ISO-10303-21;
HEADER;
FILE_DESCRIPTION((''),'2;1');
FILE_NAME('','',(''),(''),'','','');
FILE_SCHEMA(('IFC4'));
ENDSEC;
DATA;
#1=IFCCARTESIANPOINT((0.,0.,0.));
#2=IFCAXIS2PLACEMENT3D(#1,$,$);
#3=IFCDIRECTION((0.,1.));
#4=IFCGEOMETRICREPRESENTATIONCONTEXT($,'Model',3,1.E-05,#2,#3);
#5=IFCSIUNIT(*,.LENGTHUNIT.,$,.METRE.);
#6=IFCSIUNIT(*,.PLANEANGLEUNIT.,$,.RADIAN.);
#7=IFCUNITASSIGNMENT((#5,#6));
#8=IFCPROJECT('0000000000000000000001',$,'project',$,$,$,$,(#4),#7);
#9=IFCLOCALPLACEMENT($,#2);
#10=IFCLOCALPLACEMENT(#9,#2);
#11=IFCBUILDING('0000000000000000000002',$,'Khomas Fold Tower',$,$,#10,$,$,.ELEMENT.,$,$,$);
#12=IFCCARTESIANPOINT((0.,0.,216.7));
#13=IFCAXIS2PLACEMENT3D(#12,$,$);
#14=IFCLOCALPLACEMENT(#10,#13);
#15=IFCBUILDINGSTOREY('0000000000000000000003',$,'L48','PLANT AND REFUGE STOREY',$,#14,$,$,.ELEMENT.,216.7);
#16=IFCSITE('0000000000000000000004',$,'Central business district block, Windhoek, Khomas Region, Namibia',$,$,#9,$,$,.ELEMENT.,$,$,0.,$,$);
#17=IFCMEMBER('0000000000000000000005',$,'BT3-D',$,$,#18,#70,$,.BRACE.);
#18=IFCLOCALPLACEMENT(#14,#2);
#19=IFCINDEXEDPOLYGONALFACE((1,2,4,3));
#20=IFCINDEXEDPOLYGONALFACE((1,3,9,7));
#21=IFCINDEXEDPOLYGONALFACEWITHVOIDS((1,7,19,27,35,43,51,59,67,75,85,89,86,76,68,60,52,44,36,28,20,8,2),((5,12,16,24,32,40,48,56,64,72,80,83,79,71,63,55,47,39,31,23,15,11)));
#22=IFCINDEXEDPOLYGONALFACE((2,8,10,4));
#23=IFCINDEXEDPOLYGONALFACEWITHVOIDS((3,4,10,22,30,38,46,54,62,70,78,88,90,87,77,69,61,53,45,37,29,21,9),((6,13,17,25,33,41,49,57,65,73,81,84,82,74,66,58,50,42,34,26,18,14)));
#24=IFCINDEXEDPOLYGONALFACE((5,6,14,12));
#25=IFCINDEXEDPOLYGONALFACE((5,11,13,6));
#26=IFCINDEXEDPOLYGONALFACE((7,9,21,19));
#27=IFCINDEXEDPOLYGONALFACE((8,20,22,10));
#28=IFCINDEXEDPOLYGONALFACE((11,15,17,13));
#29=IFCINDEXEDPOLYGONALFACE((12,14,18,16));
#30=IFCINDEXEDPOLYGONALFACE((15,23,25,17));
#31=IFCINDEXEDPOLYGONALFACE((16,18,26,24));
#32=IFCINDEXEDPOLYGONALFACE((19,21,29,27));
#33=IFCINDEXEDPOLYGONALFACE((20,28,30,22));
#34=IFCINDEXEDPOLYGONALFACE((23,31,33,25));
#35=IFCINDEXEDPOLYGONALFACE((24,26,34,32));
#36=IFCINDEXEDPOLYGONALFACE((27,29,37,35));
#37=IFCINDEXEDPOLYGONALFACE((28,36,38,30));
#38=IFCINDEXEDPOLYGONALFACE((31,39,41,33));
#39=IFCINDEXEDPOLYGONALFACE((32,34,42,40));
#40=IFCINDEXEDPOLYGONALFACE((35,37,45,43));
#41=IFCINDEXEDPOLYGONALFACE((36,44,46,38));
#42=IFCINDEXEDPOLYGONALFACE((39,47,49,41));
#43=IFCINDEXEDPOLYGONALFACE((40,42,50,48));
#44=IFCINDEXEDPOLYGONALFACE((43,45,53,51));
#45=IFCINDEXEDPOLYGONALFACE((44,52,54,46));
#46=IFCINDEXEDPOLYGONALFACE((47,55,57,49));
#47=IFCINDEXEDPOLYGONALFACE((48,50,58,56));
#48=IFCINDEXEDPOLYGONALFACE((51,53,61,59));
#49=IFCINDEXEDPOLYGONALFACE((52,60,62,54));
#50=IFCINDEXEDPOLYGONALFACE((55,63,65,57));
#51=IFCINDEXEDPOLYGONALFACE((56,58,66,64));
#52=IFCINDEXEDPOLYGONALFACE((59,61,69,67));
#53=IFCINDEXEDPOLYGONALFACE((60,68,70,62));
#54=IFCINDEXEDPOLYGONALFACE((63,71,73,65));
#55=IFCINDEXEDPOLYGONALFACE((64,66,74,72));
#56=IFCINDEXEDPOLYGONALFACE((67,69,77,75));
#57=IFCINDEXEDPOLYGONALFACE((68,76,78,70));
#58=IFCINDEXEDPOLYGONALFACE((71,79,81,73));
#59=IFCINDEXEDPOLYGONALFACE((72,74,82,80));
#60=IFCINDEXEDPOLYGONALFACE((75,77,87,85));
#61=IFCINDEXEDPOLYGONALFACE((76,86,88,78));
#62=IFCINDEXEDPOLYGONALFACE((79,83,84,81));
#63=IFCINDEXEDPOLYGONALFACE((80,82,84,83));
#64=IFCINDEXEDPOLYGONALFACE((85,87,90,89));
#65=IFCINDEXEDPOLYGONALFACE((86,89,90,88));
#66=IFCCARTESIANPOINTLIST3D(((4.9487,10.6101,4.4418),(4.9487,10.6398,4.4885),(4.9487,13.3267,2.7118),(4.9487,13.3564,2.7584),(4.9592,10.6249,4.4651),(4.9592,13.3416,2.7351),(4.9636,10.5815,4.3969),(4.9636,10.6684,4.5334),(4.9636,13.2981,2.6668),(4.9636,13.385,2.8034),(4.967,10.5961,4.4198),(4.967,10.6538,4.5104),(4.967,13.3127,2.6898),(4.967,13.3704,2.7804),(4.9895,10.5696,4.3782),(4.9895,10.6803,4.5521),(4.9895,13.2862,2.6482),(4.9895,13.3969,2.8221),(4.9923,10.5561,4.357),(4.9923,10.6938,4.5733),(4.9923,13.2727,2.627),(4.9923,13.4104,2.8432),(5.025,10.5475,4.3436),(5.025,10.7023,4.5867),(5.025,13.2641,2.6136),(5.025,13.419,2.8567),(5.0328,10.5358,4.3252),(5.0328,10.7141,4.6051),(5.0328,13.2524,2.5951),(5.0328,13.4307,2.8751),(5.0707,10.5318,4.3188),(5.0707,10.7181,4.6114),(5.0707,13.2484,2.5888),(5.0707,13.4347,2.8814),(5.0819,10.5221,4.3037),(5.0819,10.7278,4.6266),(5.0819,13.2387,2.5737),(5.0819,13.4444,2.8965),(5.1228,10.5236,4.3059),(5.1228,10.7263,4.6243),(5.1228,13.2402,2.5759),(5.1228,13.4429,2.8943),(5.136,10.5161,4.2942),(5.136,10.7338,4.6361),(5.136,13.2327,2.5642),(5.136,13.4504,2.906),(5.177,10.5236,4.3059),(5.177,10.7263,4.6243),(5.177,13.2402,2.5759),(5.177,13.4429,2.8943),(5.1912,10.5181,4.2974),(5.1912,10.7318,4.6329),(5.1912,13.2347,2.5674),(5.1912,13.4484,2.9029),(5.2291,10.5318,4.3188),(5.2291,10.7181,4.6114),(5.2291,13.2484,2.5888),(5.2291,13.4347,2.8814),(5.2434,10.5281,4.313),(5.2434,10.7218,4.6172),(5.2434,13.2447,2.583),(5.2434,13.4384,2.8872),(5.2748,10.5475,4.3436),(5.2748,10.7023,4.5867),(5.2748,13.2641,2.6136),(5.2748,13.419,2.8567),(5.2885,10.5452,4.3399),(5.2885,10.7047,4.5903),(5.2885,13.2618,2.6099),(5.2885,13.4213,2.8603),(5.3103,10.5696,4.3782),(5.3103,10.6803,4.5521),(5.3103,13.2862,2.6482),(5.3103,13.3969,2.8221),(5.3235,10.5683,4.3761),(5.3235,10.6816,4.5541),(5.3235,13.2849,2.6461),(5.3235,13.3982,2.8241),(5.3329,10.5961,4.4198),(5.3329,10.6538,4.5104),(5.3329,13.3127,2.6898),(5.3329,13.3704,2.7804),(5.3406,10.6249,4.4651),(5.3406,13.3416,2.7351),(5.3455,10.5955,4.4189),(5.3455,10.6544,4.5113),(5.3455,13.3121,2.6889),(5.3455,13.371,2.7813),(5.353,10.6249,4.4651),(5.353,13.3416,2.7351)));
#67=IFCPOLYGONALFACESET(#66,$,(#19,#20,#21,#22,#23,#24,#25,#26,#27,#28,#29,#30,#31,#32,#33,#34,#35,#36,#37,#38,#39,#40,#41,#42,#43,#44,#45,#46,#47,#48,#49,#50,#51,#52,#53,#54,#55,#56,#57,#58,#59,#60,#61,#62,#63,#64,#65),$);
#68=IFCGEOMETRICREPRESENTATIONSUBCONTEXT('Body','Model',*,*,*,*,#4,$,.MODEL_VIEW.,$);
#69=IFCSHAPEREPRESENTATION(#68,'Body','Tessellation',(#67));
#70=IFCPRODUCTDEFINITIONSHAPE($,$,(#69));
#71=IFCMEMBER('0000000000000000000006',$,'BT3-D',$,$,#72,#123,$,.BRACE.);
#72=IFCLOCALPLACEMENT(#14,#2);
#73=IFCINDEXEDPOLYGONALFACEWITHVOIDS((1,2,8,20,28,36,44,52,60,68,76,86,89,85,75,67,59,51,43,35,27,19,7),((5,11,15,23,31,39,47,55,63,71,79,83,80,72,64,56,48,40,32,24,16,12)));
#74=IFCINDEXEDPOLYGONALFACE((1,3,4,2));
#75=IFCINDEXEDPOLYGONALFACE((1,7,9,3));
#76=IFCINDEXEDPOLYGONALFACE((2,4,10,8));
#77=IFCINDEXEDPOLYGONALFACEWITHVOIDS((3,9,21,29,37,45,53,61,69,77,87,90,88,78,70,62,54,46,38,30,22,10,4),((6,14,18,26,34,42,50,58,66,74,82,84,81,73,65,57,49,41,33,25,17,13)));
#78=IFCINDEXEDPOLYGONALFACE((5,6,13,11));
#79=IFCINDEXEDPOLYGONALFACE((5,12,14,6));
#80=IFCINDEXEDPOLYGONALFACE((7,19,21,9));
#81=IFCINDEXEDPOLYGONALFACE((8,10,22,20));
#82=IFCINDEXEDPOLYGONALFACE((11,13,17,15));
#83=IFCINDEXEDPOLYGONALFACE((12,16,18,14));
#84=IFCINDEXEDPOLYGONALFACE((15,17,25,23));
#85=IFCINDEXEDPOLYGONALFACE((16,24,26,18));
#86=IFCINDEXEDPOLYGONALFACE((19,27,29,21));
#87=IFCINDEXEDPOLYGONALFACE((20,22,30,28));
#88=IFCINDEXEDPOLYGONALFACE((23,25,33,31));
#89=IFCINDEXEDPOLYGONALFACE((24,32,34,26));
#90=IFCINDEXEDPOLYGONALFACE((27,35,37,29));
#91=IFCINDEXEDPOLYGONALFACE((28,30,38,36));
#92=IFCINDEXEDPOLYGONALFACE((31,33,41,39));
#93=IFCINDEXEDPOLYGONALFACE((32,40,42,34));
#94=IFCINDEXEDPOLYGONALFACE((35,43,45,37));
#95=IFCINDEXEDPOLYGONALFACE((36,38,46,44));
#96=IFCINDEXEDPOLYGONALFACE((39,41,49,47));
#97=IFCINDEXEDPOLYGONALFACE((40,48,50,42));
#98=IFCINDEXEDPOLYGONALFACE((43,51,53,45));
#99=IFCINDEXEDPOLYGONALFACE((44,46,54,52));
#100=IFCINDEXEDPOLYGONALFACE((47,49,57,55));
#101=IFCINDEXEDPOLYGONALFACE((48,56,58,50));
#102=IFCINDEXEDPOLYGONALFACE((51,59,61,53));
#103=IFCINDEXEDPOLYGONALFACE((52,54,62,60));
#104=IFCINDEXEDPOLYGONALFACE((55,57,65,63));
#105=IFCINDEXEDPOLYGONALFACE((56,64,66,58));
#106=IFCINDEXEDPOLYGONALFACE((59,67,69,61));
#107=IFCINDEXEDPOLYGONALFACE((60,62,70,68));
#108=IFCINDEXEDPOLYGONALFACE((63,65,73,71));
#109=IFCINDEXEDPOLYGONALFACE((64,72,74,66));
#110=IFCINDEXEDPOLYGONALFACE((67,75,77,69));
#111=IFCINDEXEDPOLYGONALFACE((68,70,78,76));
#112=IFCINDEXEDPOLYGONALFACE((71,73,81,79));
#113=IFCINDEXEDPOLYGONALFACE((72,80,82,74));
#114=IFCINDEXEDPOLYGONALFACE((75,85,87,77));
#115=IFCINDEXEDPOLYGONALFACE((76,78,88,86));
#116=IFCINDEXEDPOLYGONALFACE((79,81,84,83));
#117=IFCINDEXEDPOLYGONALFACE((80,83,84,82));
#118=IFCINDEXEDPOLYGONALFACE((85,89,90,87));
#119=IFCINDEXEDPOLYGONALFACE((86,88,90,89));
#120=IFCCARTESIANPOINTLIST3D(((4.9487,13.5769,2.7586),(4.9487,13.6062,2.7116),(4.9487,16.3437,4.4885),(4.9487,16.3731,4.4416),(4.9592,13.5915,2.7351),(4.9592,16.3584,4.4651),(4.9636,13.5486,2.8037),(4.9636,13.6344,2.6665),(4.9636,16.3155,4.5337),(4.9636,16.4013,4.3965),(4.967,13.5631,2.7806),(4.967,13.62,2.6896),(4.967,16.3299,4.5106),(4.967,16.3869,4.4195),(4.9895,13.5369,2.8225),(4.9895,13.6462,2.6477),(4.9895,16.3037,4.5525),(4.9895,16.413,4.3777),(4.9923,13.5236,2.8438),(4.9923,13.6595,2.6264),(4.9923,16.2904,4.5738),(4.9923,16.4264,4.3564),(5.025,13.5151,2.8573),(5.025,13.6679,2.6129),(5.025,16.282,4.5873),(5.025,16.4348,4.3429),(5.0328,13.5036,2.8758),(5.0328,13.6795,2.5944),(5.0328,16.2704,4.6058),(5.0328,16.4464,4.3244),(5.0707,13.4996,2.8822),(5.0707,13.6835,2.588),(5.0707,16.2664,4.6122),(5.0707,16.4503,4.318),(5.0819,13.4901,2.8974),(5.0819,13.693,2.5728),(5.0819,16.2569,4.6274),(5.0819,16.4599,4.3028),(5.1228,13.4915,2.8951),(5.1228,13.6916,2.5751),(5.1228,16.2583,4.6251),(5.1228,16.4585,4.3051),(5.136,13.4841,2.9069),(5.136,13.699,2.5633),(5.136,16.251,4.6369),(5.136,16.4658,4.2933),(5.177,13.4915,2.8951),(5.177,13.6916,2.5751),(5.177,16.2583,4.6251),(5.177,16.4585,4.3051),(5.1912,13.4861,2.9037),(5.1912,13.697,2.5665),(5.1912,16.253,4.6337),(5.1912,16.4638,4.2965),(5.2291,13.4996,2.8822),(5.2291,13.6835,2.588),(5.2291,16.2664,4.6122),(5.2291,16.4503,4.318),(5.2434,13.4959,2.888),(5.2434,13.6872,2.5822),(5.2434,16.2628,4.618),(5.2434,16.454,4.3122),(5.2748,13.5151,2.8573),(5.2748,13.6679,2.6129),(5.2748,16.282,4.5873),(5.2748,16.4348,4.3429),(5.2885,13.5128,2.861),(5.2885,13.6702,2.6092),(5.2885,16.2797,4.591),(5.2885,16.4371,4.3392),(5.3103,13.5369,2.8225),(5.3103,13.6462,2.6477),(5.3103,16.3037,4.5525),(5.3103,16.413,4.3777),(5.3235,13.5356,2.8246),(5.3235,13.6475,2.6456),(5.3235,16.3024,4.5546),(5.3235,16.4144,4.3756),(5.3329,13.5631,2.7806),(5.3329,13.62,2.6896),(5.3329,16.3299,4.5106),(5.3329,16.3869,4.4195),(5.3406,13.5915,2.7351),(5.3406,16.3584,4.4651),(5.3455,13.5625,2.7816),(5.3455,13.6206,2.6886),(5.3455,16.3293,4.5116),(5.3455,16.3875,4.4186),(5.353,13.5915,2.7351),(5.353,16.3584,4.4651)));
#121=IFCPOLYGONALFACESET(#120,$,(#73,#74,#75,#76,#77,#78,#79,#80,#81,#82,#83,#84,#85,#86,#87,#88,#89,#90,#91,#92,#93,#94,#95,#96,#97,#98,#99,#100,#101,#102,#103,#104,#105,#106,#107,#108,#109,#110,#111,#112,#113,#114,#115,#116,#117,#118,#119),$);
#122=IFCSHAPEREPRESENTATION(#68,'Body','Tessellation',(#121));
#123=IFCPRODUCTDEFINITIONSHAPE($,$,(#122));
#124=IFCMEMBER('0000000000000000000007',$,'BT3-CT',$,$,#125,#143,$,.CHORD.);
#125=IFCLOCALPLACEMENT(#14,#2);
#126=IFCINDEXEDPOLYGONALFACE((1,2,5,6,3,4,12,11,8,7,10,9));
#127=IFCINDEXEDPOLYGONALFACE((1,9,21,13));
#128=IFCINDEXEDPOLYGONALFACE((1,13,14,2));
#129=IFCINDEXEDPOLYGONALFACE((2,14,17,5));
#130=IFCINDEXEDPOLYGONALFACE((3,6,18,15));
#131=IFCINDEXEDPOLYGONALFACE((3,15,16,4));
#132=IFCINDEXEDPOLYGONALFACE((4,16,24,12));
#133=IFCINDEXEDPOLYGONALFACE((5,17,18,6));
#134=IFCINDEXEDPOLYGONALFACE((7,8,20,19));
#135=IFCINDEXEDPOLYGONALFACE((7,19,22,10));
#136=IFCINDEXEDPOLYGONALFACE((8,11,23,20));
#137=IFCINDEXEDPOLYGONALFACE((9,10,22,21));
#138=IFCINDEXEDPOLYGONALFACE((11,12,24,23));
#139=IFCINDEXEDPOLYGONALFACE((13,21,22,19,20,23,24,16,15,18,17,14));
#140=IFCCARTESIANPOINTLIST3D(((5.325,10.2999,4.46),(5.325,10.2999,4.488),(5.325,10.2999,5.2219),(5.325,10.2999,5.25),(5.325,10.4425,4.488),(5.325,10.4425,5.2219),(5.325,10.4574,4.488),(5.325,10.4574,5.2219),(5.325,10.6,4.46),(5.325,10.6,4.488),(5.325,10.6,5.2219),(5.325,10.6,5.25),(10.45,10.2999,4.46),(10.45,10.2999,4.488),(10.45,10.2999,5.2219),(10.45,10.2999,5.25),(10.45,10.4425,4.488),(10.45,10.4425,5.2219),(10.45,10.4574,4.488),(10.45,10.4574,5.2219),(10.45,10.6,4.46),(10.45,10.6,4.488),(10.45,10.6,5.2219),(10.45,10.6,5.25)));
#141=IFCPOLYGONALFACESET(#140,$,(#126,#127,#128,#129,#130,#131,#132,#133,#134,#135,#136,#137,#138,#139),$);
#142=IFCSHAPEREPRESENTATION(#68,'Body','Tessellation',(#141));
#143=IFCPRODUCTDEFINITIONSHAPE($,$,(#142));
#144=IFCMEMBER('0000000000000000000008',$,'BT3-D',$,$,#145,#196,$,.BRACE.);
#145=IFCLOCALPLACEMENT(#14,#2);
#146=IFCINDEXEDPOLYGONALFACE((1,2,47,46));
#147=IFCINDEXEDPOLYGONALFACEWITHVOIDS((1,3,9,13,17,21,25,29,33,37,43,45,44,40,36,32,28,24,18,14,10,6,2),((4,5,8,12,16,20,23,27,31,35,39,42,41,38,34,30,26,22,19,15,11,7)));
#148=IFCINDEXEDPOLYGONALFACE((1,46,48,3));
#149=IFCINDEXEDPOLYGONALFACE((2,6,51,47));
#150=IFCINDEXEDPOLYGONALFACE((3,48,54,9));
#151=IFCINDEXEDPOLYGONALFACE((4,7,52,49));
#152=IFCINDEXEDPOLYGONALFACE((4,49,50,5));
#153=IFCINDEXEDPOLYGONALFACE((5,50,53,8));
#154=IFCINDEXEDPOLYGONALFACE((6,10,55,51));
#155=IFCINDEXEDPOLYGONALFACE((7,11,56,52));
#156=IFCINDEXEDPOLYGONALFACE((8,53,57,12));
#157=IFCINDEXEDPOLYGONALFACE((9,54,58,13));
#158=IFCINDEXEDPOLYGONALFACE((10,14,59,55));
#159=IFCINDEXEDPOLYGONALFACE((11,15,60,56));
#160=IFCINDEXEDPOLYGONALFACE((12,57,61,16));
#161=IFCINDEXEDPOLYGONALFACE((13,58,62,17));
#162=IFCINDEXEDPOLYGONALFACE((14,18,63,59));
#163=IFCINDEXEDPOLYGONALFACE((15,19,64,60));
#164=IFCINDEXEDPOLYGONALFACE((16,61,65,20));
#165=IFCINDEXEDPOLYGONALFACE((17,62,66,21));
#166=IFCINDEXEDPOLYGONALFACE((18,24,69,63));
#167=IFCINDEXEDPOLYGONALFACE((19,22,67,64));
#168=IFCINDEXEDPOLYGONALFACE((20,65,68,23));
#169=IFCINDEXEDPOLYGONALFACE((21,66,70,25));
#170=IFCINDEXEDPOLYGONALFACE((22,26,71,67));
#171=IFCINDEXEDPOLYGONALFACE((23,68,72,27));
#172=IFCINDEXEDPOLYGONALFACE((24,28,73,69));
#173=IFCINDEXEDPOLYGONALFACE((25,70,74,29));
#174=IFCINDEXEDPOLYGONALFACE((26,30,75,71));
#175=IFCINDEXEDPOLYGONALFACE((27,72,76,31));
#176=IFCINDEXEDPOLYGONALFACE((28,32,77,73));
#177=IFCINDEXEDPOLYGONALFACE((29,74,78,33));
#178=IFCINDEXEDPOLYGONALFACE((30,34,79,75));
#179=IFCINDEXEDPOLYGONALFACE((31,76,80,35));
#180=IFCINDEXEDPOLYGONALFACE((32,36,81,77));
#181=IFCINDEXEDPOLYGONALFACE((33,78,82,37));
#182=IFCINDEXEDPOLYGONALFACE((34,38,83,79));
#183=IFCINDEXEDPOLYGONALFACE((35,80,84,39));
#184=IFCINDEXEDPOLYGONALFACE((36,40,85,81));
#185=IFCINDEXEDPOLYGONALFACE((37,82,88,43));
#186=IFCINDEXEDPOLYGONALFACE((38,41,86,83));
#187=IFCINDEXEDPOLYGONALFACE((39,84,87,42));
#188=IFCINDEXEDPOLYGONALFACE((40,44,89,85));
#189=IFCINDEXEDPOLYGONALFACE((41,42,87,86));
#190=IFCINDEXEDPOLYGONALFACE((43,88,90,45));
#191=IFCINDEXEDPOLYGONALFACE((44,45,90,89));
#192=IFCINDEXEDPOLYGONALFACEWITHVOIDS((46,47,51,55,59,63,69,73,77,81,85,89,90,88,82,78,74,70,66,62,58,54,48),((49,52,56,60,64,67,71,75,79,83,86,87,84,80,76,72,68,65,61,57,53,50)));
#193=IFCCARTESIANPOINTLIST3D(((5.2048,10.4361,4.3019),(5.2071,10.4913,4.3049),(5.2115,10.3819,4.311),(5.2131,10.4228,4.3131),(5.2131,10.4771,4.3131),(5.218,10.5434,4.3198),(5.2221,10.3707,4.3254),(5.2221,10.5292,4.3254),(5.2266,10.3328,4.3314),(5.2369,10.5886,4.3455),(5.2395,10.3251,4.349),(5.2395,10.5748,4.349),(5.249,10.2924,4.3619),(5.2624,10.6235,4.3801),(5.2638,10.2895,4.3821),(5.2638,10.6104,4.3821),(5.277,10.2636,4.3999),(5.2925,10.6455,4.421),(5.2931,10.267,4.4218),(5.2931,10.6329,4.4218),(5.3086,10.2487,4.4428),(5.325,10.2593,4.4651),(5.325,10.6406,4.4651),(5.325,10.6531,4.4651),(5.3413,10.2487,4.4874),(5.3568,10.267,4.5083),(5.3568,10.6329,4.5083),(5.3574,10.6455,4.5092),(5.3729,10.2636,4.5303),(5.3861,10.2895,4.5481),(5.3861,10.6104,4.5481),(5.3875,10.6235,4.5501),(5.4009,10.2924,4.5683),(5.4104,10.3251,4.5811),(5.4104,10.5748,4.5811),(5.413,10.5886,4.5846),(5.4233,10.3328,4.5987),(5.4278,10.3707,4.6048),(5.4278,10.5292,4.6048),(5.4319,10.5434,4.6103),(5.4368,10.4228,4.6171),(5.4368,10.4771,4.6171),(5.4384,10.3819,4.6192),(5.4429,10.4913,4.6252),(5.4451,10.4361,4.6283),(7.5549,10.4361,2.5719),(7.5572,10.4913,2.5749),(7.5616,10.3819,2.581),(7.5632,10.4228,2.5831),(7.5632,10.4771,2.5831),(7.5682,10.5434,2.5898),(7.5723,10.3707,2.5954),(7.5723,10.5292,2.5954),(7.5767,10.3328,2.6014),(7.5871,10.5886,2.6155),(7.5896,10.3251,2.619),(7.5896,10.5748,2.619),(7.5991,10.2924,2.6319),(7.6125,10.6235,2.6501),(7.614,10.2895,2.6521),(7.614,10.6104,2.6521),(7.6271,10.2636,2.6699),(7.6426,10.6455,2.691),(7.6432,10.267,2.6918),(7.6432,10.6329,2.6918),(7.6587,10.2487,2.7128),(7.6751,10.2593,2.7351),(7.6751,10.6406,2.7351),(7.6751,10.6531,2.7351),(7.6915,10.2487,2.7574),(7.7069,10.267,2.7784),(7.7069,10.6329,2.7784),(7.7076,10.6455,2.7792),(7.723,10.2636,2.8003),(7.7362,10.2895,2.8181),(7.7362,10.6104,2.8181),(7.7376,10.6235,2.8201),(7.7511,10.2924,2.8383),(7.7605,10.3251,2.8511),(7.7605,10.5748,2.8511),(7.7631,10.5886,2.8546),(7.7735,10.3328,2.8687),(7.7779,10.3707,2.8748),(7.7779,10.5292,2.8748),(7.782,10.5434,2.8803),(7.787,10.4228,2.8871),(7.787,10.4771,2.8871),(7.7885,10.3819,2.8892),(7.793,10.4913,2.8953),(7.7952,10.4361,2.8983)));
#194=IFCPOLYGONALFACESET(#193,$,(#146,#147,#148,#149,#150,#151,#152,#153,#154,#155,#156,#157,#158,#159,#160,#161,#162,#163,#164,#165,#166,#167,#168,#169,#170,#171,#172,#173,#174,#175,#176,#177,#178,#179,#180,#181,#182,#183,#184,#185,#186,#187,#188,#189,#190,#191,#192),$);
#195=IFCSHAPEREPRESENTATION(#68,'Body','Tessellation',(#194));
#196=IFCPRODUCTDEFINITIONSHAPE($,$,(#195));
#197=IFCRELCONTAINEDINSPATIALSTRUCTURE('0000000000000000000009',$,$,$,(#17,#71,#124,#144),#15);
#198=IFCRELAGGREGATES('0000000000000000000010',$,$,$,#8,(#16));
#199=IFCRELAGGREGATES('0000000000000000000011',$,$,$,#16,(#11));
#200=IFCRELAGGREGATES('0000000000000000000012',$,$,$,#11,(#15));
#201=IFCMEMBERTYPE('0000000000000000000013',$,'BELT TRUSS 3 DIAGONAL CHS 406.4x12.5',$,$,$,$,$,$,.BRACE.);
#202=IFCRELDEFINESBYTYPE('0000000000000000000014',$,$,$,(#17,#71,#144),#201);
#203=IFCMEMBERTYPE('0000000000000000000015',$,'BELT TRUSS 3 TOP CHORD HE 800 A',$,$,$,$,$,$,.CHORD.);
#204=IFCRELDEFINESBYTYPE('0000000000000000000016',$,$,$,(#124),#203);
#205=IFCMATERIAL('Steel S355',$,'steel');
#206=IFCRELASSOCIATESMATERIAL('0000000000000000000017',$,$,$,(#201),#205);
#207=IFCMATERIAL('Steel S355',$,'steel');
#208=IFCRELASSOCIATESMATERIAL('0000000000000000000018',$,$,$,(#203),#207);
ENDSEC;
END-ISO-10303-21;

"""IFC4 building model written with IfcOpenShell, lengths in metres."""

from ifc_helpers import new_model, si_unit, direction, frame, origin, origin_2d, place, context, subcontext, project, spatial, hollow_circle, i_section, extrude, source, transform, mapped, material, material_profile, profile_set, type_object, element, save


model = new_model("IFC4")

# Units and contexts
model_context = context("Model", 3, precision=1e-05, world=origin(), true_north=direction((0.0, 1.0)))
body_context = subcontext(model_context, "Body", "Model", "MODEL_VIEW")
ifc_project = project(units=[si_unit("LENGTHUNIT", "METRE"), si_unit("PLANEANGLEUNIT", "RADIAN")], contexts=[model_context])

# Site, building, storey
site_placement = place(None, origin())
site = spatial("IfcSite", under=ifc_project, at=site_placement, Name="Central business district block, Windhoek, Khomas Region, Namibia", CompositionType="ELEMENT", RefElevation=0.0)
building_placement = place(site_placement, origin())
building = spatial("IfcBuilding", under=site, at=building_placement, Name="Khomas Fold Tower", CompositionType="ELEMENT")
storey_placement = place(building_placement, frame((0.0, 0.0, 216.7)))
storey = spatial("IfcBuildingStorey", under=building, at=storey_placement, Name="L48", Description="PLANT AND REFUGE STOREY", CompositionType="ELEMENT", Elevation=216.7)

# Members
ifc_material_1 = material(Name="Steel S355", Category="steel")
ifc_material_profile_1 = material_profile(ifc_material_1, hollow_circle(Radius=0.2031, WallThickness=0.0125, at=origin_2d()), Name="CHS 406.4x12.5")
ifc_profile_set_1 = profile_set([ifc_material_profile_1], Name="Steel S355")
member_type_1 = type_object("IfcMemberType", Name="BELT TRUSS 3 DIAGONAL CHS 406.4x12.5", PredefinedType="BRACE", material=ifc_profile_set_1)
shared_shape_1 = source(origin(), body_context, "Body", "SweptSolid", [
    extrude(hollow_circle(Radius=0.2031, WallThickness=0.0125, at=origin_2d()), origin(), (0.0, 0.0, 1.0), 3.2207),
])
member_1_placement = place(storey_placement, frame((5.1499, 13.3416, 2.7351), z_axis=(0.0, -0.843484, 0.537155), x_axis=(1.0, 0.0, 0.0)))
element("IfcMember", 1, at=member_1_placement, inside=storey, type_object=member_type_1, Name="BT3-D", PredefinedType="BRACE", context=body_context, shape_type="MappedRepresentation", body=[
    mapped(shared_shape_1, transform((0.0, 0.0, 0.0))),
])
shared_shape_2 = source(origin(), body_context, "Body", "SweptSolid", [
    extrude(hollow_circle(Radius=0.2031, WallThickness=0.0125, at=origin_2d()), origin(), (0.0, 0.0, 1.0), 3.2632),
])
member_2_placement = place(storey_placement, frame((5.1499, 16.3584, 4.4651), z_axis=(0.0, -0.847902, -0.530154), x_axis=(1.0, 0.0, 0.0)))
element("IfcMember", 2, at=member_2_placement, inside=storey, type_object=member_type_1, Name="BT3-D", PredefinedType="BRACE", context=body_context, shape_type="MappedRepresentation", body=[
    mapped(shared_shape_2, transform((0.0, 0.0, 0.0))),
])
ifc_material_2 = material(Name="Steel S355", Category="steel")
ifc_material_profile_2 = material_profile(ifc_material_2, i_section(OverallWidth=0.3, OverallDepth=0.79, WebThickness=0.0149, FlangeThickness=0.0281, at=origin_2d()), Name="HE 800 A")
ifc_profile_set_2 = profile_set([ifc_material_profile_2], Name="Steel S355")
member_type_2 = type_object("IfcMemberType", Name="BELT TRUSS 3 TOP CHORD HE 800 A", PredefinedType="CHORD", material=ifc_profile_set_2)
shared_shape_3 = source(origin(), body_context, "Body", "SweptSolid", [
    extrude(i_section(OverallWidth=0.3, OverallDepth=0.79, WebThickness=0.0149, FlangeThickness=0.0281, at=origin_2d()), origin(), (0.0, 0.0, 1.0), 5.125),
])
member_3_placement = place(storey_placement, frame((5.325, 10.45, 4.855), z_axis=(1.0, 0.0, 0.0), x_axis=(0.0, 1.0, 0.0)))
element("IfcMember", 3, at=member_3_placement, inside=storey, type_object=member_type_2, Name="BT3-CT", PredefinedType="CHORD", context=body_context, shape_type="MappedRepresentation", body=[
    mapped(shared_shape_3, transform((0.0, 0.0, 0.0))),
])
shared_shape_4 = source(origin(), body_context, "Body", "SweptSolid", [
    extrude(hollow_circle(Radius=0.2031, WallThickness=0.0125, at=origin_2d()), origin(), (0.0, 0.0, 1.0), 2.9182),
])
member_4_placement = place(storey_placement, frame((5.325, 10.45, 4.4651), z_axis=(0.805329, 0.0, -0.592828), x_axis=(0.0, 1.0, 0.0)))
element("IfcMember", 4, at=member_4_placement, inside=storey, type_object=member_type_1, Name="BT3-D", PredefinedType="BRACE", context=body_context, shape_type="MappedRepresentation", body=[
    mapped(shared_shape_4, transform((0.0, 0.0, 0.0))),
])

save(model, "model.ifc")
